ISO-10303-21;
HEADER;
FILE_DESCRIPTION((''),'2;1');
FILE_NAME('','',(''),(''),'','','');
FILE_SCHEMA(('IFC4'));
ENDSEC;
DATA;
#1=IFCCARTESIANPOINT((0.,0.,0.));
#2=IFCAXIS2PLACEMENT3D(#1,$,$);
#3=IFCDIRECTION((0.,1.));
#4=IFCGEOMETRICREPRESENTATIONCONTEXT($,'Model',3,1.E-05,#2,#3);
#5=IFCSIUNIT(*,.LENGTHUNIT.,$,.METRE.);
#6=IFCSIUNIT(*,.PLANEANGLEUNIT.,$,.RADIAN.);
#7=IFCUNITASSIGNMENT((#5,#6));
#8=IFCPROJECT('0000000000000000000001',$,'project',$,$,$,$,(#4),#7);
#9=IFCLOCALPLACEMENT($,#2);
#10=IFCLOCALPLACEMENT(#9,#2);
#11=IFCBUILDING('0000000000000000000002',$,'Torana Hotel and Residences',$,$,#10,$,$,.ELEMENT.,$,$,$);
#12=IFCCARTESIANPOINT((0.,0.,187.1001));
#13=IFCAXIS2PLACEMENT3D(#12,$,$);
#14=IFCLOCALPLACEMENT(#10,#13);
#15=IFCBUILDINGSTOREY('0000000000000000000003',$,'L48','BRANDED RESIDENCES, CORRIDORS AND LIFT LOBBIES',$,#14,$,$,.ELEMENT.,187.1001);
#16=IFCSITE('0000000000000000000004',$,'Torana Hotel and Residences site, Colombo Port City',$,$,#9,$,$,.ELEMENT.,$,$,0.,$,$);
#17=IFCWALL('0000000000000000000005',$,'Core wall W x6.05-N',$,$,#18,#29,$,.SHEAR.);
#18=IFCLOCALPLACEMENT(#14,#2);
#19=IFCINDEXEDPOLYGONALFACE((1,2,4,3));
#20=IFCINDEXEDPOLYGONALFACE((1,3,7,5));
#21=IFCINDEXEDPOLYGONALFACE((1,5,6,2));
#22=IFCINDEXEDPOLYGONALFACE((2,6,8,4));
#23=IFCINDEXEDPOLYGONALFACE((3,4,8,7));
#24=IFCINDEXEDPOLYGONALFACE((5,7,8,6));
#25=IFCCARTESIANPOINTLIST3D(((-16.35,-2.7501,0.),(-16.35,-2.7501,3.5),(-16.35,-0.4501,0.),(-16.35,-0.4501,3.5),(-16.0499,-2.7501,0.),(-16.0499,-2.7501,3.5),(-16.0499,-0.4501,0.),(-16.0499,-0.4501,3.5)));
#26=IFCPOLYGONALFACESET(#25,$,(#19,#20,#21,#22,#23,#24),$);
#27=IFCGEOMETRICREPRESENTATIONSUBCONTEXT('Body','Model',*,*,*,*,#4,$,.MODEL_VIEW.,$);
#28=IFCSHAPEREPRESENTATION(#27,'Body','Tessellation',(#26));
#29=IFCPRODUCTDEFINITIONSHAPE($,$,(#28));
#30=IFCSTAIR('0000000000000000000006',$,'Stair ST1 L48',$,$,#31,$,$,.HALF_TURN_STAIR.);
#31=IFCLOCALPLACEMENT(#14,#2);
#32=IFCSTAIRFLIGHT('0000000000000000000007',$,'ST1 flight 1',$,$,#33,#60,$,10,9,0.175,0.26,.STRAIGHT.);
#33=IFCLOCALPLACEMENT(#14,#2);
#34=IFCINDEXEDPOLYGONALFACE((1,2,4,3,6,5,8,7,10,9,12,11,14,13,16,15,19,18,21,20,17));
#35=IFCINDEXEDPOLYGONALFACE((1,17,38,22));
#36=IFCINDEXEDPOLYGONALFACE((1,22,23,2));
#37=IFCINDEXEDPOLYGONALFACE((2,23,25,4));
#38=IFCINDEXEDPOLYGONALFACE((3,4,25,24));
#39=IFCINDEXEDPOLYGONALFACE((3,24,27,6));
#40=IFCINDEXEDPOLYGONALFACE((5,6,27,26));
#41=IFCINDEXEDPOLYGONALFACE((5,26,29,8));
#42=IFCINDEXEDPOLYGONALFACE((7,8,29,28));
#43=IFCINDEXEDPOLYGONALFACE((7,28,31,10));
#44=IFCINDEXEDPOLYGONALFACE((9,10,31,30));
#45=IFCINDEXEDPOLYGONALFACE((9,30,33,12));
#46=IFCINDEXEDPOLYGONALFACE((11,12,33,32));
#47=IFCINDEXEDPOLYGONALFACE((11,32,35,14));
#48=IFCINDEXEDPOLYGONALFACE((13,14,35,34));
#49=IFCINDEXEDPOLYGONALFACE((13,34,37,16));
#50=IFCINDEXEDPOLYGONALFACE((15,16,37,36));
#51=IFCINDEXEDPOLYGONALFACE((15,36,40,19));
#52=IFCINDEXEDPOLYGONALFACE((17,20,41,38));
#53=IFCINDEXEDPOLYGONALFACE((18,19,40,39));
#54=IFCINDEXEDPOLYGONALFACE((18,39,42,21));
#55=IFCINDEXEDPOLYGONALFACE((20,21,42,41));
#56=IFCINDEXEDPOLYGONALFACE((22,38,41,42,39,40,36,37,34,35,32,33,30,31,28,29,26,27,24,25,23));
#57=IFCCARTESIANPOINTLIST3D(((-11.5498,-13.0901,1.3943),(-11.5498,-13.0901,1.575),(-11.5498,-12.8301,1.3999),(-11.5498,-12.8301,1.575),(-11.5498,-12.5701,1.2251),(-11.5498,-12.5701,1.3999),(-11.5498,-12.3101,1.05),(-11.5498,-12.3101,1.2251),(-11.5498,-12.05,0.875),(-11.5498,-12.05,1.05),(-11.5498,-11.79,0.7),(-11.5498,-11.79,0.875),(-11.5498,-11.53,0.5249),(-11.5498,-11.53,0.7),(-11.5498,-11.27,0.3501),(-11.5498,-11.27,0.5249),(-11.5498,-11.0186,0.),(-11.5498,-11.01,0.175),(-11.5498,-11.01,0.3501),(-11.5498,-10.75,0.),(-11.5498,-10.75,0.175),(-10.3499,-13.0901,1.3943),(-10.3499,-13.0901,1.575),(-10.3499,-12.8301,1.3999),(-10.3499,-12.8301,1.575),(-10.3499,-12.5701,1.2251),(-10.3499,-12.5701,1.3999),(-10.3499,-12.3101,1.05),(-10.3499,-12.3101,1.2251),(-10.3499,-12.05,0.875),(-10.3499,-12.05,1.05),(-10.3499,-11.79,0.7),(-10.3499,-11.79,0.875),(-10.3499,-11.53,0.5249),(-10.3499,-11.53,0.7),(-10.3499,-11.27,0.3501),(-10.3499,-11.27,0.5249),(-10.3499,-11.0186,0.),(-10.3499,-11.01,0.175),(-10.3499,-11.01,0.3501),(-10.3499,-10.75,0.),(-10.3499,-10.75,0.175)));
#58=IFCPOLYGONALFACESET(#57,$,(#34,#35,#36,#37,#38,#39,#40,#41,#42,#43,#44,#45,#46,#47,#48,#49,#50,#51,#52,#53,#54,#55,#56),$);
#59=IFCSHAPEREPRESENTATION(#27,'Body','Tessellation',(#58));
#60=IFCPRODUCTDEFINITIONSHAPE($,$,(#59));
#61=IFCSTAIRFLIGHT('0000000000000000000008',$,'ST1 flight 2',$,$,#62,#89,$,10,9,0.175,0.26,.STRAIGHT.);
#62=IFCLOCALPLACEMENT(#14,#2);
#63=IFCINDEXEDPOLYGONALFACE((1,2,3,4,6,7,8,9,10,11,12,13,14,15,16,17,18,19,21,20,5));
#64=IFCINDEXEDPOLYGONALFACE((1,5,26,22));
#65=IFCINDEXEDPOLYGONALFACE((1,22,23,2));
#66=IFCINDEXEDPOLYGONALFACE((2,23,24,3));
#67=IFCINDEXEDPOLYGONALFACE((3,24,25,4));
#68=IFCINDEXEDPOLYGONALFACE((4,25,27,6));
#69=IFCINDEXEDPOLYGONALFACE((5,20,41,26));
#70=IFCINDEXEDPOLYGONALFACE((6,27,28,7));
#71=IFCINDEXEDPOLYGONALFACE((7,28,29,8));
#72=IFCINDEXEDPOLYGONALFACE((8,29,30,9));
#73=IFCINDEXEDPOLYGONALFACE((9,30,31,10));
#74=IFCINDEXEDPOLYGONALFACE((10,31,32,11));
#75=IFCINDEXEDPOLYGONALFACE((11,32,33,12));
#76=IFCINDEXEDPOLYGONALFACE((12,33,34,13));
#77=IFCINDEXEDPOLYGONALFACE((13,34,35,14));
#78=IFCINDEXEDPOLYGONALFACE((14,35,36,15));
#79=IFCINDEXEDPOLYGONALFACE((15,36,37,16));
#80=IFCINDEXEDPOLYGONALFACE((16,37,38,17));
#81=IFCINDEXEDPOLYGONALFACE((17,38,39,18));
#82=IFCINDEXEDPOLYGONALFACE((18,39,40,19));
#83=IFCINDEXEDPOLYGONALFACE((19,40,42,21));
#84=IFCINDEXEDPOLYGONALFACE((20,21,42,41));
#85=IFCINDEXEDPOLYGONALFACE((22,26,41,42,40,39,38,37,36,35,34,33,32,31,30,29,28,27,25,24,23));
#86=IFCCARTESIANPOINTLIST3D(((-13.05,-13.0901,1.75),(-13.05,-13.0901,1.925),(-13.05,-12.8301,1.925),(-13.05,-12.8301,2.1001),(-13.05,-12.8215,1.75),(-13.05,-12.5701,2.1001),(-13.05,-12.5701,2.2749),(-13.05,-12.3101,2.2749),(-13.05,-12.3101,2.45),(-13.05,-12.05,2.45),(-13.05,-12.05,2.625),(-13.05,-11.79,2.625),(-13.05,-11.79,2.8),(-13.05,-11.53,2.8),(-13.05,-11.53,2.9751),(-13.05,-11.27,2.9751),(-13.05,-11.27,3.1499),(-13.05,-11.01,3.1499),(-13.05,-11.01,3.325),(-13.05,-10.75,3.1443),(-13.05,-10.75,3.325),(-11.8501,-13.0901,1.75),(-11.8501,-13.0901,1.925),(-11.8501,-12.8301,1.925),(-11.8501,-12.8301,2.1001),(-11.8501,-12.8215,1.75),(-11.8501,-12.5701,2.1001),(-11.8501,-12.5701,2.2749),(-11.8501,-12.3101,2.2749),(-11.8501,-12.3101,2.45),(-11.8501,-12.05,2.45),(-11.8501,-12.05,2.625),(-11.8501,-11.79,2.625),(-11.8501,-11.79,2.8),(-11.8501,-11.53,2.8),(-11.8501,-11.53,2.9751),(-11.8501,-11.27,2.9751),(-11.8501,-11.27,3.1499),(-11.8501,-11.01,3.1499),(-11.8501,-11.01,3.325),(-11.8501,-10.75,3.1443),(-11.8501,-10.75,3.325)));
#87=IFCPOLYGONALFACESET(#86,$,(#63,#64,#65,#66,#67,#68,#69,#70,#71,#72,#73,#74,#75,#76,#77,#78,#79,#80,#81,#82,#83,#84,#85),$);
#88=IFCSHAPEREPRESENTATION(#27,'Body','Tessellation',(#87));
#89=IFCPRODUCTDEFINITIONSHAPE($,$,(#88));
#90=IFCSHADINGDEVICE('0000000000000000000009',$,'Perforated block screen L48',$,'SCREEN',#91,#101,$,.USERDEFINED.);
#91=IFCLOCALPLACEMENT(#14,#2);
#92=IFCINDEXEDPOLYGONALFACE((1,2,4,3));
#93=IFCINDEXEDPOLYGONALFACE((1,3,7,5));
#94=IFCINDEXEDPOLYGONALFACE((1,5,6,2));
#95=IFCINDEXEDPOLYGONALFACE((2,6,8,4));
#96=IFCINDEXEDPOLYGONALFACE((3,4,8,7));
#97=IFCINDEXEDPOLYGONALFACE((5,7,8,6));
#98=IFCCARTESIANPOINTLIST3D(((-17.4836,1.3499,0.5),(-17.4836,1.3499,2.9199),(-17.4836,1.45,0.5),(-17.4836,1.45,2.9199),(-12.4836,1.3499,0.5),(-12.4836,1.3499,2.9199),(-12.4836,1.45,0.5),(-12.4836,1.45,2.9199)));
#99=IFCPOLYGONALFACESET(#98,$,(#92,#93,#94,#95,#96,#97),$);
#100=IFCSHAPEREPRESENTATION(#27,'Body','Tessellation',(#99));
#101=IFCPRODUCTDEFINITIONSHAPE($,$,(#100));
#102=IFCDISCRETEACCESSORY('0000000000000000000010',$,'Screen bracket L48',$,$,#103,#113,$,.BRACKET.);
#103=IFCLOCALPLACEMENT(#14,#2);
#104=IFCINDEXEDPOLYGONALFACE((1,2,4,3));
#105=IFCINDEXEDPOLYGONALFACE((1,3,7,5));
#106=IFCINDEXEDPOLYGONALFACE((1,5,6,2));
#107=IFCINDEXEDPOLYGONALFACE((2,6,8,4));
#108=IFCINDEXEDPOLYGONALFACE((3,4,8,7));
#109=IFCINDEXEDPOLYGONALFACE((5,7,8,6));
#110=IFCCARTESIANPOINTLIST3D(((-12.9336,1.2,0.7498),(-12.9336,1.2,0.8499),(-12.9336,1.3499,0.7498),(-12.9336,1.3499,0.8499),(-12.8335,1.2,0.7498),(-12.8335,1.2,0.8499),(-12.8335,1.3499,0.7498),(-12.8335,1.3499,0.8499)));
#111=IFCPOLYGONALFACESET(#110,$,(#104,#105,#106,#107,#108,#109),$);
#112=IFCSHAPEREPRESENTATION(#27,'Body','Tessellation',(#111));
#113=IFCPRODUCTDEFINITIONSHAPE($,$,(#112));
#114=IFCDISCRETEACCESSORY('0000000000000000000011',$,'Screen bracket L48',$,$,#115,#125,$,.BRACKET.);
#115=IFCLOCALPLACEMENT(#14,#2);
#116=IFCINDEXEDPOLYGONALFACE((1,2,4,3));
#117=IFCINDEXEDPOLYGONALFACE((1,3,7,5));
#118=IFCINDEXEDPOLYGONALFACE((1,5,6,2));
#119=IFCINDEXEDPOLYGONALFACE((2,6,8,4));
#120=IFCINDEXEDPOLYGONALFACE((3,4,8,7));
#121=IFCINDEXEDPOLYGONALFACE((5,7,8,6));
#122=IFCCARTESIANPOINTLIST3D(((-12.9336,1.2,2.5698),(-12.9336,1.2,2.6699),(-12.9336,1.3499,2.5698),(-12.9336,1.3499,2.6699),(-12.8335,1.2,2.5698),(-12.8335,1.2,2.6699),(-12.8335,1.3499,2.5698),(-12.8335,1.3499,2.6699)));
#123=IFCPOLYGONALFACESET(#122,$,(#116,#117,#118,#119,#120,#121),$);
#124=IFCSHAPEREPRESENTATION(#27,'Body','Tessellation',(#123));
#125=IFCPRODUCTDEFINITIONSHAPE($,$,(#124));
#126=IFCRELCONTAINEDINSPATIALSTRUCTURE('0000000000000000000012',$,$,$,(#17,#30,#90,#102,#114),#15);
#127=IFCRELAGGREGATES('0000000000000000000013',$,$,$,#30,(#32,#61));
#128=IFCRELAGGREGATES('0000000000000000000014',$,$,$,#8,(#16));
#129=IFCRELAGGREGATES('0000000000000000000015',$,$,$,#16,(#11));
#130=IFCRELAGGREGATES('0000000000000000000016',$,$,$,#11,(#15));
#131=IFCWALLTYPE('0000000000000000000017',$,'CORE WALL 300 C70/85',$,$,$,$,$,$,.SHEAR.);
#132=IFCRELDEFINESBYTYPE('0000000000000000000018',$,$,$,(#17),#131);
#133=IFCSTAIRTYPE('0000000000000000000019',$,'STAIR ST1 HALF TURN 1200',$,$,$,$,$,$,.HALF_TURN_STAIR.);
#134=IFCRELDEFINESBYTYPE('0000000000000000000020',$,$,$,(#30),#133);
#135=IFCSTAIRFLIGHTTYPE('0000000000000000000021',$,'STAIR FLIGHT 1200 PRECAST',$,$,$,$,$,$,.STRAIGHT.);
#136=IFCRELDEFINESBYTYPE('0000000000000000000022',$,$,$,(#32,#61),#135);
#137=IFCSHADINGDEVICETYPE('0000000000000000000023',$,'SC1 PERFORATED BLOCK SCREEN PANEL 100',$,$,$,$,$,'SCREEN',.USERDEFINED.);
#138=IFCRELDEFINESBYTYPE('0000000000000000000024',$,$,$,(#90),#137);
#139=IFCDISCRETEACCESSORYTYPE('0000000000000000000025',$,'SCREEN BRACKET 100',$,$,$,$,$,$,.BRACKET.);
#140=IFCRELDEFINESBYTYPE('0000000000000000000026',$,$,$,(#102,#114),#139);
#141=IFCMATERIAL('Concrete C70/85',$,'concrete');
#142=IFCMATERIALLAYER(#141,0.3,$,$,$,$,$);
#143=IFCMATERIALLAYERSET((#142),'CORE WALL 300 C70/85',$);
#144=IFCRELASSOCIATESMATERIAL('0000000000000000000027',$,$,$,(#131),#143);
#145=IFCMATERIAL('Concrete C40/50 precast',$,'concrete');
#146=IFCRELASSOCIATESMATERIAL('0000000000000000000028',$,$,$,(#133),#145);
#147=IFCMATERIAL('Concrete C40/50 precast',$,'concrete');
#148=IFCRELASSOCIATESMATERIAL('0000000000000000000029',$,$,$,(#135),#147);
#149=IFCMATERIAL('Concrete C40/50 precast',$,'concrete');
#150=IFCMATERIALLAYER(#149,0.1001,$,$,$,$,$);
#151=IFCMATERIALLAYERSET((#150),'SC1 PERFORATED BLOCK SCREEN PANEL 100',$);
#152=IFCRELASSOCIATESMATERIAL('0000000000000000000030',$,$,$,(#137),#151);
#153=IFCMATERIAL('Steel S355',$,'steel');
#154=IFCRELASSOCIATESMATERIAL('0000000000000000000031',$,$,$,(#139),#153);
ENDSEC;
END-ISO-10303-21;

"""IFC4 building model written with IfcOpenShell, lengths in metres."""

from ifc_helpers import new_model, si_unit, direction, frame, frame_2d, origin, origin_2d, place, context, subcontext, project, spatial, polyline, rectangle, outline, extrude, material, layer, layer_set, type_object, element, aggregate, save


model = new_model("IFC4")

# Units and contexts
model_context = context("Model", 3, precision=1e-05, world=origin(), true_north=direction((0.0, 1.0)))
body_context = subcontext(model_context, "Body", "Model", "MODEL_VIEW")
ifc_project = project(units=[si_unit("LENGTHUNIT", "METRE"), si_unit("PLANEANGLEUNIT", "RADIAN")], contexts=[model_context])

# Site, building, storey
site_placement = place(None, origin())
site = spatial("IfcSite", under=ifc_project, at=site_placement, Name="Torana Hotel and Residences site, Colombo Port City", CompositionType="ELEMENT", RefElevation=0.0)
building_placement = place(site_placement, origin())
building = spatial("IfcBuilding", under=site, at=building_placement, Name="Torana Hotel and Residences", CompositionType="ELEMENT")
storey_placement = place(building_placement, frame((0.0, 0.0, 187.1001)))
storey = spatial("IfcBuildingStorey", under=building, at=storey_placement, Name="L48", Description="BRANDED RESIDENCES, CORRIDORS AND LIFT LOBBIES", CompositionType="ELEMENT", Elevation=187.1001)

# Shared definitions
ifc_material_1 = material(Name="Concrete C70/85", Category="concrete")
ifc_layer_1 = layer(ifc_material_1, 0.3)
ifc_layer_set_1 = layer_set([ifc_layer_1], Name="CORE WALL 300 C70/85")
wall_type_1 = type_object("IfcWallType", Name="CORE WALL 300 C70/85", PredefinedType="SHEAR", material=ifc_layer_set_1)

# Wall
wall_1_placement = place(storey_placement, frame((-16.2, -2.75, 0.0), z_axis=(0.0, 0.0, 1.0), x_axis=(0.0, 1.0, 0.0)))
element("IfcWall", 1, at=wall_1_placement, inside=storey, type_object=wall_type_1, Name="Core wall W x6.05-N", PredefinedType="SHEAR", context=body_context, shape_type="SweptSolid", body=[
    extrude(rectangle(XDim=2.3, YDim=0.3, at=frame_2d((1.1499, 0.0))), origin(), (0.0, 0.0, 1.0), 3.5),
])

# Stair, stair flights
ifc_material_2 = material(Name="Concrete C40/50 precast", Category="concrete")
stair_type = type_object("IfcStairType", Name="STAIR ST1 HALF TURN 1200", PredefinedType="HALF_TURN_STAIR", material=ifc_material_2)
stair_placement = place(storey_placement, origin())
stair = element("IfcStair", 2, at=stair_placement, inside=storey, type_object=stair_type, Name="Stair ST1 L48", PredefinedType="HALF_TURN_STAIR")
ifc_material_3 = material(Name="Concrete C40/50 precast", Category="concrete")
stair_flight_type = type_object("IfcStairFlightType", Name="STAIR FLIGHT 1200 PRECAST", PredefinedType="STRAIGHT", material=ifc_material_3)
stair_flight_1_placement = place(storey_placement, frame((-10.95, -10.75, 0.0), z_axis=(0.0, 0.0, 1.0), x_axis=(0.0, -1.0, 0.0)))
stair_flight_1 = element("IfcStairFlight", 3, at=stair_flight_1_placement, type_object=stair_flight_type, Name="ST1 flight 1", NumberOfRisers=10, NumberOfTreads=9, PredefinedType="STRAIGHT", RiserHeight=0.175, TreadLength=0.26, context=body_context, shape_type="SweptSolid", body=[
    extrude(outline(polyline([(0.0, 0.0), (0.0, 0.175), (0.26, 0.175), (0.26, 0.3501), (0.52, 0.3501), (0.52, 0.5249), (0.78, 0.5249), (0.78, 0.7), (1.04, 0.7), (1.04, 0.875), (1.3, 0.875), (1.3, 1.05), (1.5601, 1.05), (1.5601, 1.2251), (1.8201, 1.2251), (1.8201, 1.3999), (2.0801, 1.3999), (2.0801, 1.575), (2.3401, 1.575), (2.3401, 1.75), (2.3401, 1.3943), (0.2686, 0.0), (0.0, 0.0)])), frame((0.0, 0.6001, 0.0), z_axis=(0.0, -1.0, 0.0), x_axis=(1.0, 0.0, 0.0)), (0.0, 0.0, 1.0), 1.2),
])
stair_flight_2_placement = place(storey_placement, frame((-12.45, -13.0901, 1.75), z_axis=(0.0, 0.0, 1.0), x_axis=(0.0, 1.0, 0.0)))
stair_flight_2 = element("IfcStairFlight", 4, at=stair_flight_2_placement, type_object=stair_flight_type, Name="ST1 flight 2", NumberOfRisers=10, NumberOfTreads=9, PredefinedType="STRAIGHT", RiserHeight=0.175, TreadLength=0.26, context=body_context, shape_type="SweptSolid", body=[
    extrude(outline(polyline([(0.0, 0.0), (0.0, 0.175), (0.26, 0.175), (0.26, 0.3501), (0.52, 0.3501), (0.52, 0.5249), (0.78, 0.5249), (0.78, 0.7), (1.04, 0.7), (1.04, 0.875), (1.3, 0.875), (1.3, 1.05), (1.5601, 1.05), (1.5601, 1.2251), (1.8201, 1.2251), (1.8201, 1.3999), (2.0801, 1.3999), (2.0801, 1.575), (2.3401, 1.575), (2.3401, 1.75), (2.3401, 1.3943), (0.2686, 0.0), (0.0, 0.0)])), frame((0.0, 0.6001, 0.0), z_axis=(0.0, -1.0, 0.0), x_axis=(1.0, 0.0, 0.0)), (0.0, 0.0, 1.0), 1.2),
])
aggregate(stair, [stair_flight_1, stair_flight_2])

# Shading device
ifc_material_4 = material(Name="Concrete C40/50 precast", Category="concrete")
ifc_layer_2 = layer(ifc_material_4, 0.1001)
ifc_layer_set_2 = layer_set([ifc_layer_2], Name="SC1 PERFORATED BLOCK SCREEN PANEL 100")
shading_device_type = type_object("IfcShadingDeviceType", Name="SC1 PERFORATED BLOCK SCREEN PANEL 100", ElementType="SCREEN", PredefinedType="USERDEFINED", material=ifc_layer_set_2)
shading_device_placement = place(storey_placement, frame((-14.9836, 1.3999, 0.5), z_axis=(0.0, 0.0, 1.0), x_axis=(-1.0, 0.0, 0.0)))
element("IfcShadingDevice", 5, at=shading_device_placement, inside=storey, type_object=shading_device_type, Name="Perforated block screen L48", ObjectType="SCREEN", PredefinedType="USERDEFINED", context=body_context, shape_type="SweptSolid", body=[
    extrude(rectangle(XDim=5.0, YDim=0.1001, at=origin_2d()), origin(), (0.0, 0.0, 1.0), 2.4199),
])

# Discrete accessories
ifc_material_5 = material(Name="Steel S355", Category="steel")
discrete_accessory_type = type_object("IfcDiscreteAccessoryType", Name="SCREEN BRACKET 100", PredefinedType="BRACKET", material=ifc_material_5)
for number, where, z_axis, x_axis, name in (
    (6, (-12.8835, 1.2749, 0.7498), (0.0, 0.0, 1.0), (-1.0, 0.0, 0.0), "Screen bracket L48"),
    (7, (-12.8835, 1.2749, 2.5698), (0.0, 0.0, 1.0), (-1.0, 0.0, 0.0), "Screen bracket L48"),
):
    element("IfcDiscreteAccessory", number, at=place(storey_placement, frame(where, z_axis=z_axis, x_axis=x_axis)), inside=storey, type_object=discrete_accessory_type, Name=name, PredefinedType="BRACKET", context=body_context, shape_type="SweptSolid", body=[
        extrude(rectangle(XDim=0.1001, YDim=0.1499, at=origin_2d()), origin(), (0.0, 0.0, 1.0), 0.1001),
    ])

save(model, "model.ifc")
